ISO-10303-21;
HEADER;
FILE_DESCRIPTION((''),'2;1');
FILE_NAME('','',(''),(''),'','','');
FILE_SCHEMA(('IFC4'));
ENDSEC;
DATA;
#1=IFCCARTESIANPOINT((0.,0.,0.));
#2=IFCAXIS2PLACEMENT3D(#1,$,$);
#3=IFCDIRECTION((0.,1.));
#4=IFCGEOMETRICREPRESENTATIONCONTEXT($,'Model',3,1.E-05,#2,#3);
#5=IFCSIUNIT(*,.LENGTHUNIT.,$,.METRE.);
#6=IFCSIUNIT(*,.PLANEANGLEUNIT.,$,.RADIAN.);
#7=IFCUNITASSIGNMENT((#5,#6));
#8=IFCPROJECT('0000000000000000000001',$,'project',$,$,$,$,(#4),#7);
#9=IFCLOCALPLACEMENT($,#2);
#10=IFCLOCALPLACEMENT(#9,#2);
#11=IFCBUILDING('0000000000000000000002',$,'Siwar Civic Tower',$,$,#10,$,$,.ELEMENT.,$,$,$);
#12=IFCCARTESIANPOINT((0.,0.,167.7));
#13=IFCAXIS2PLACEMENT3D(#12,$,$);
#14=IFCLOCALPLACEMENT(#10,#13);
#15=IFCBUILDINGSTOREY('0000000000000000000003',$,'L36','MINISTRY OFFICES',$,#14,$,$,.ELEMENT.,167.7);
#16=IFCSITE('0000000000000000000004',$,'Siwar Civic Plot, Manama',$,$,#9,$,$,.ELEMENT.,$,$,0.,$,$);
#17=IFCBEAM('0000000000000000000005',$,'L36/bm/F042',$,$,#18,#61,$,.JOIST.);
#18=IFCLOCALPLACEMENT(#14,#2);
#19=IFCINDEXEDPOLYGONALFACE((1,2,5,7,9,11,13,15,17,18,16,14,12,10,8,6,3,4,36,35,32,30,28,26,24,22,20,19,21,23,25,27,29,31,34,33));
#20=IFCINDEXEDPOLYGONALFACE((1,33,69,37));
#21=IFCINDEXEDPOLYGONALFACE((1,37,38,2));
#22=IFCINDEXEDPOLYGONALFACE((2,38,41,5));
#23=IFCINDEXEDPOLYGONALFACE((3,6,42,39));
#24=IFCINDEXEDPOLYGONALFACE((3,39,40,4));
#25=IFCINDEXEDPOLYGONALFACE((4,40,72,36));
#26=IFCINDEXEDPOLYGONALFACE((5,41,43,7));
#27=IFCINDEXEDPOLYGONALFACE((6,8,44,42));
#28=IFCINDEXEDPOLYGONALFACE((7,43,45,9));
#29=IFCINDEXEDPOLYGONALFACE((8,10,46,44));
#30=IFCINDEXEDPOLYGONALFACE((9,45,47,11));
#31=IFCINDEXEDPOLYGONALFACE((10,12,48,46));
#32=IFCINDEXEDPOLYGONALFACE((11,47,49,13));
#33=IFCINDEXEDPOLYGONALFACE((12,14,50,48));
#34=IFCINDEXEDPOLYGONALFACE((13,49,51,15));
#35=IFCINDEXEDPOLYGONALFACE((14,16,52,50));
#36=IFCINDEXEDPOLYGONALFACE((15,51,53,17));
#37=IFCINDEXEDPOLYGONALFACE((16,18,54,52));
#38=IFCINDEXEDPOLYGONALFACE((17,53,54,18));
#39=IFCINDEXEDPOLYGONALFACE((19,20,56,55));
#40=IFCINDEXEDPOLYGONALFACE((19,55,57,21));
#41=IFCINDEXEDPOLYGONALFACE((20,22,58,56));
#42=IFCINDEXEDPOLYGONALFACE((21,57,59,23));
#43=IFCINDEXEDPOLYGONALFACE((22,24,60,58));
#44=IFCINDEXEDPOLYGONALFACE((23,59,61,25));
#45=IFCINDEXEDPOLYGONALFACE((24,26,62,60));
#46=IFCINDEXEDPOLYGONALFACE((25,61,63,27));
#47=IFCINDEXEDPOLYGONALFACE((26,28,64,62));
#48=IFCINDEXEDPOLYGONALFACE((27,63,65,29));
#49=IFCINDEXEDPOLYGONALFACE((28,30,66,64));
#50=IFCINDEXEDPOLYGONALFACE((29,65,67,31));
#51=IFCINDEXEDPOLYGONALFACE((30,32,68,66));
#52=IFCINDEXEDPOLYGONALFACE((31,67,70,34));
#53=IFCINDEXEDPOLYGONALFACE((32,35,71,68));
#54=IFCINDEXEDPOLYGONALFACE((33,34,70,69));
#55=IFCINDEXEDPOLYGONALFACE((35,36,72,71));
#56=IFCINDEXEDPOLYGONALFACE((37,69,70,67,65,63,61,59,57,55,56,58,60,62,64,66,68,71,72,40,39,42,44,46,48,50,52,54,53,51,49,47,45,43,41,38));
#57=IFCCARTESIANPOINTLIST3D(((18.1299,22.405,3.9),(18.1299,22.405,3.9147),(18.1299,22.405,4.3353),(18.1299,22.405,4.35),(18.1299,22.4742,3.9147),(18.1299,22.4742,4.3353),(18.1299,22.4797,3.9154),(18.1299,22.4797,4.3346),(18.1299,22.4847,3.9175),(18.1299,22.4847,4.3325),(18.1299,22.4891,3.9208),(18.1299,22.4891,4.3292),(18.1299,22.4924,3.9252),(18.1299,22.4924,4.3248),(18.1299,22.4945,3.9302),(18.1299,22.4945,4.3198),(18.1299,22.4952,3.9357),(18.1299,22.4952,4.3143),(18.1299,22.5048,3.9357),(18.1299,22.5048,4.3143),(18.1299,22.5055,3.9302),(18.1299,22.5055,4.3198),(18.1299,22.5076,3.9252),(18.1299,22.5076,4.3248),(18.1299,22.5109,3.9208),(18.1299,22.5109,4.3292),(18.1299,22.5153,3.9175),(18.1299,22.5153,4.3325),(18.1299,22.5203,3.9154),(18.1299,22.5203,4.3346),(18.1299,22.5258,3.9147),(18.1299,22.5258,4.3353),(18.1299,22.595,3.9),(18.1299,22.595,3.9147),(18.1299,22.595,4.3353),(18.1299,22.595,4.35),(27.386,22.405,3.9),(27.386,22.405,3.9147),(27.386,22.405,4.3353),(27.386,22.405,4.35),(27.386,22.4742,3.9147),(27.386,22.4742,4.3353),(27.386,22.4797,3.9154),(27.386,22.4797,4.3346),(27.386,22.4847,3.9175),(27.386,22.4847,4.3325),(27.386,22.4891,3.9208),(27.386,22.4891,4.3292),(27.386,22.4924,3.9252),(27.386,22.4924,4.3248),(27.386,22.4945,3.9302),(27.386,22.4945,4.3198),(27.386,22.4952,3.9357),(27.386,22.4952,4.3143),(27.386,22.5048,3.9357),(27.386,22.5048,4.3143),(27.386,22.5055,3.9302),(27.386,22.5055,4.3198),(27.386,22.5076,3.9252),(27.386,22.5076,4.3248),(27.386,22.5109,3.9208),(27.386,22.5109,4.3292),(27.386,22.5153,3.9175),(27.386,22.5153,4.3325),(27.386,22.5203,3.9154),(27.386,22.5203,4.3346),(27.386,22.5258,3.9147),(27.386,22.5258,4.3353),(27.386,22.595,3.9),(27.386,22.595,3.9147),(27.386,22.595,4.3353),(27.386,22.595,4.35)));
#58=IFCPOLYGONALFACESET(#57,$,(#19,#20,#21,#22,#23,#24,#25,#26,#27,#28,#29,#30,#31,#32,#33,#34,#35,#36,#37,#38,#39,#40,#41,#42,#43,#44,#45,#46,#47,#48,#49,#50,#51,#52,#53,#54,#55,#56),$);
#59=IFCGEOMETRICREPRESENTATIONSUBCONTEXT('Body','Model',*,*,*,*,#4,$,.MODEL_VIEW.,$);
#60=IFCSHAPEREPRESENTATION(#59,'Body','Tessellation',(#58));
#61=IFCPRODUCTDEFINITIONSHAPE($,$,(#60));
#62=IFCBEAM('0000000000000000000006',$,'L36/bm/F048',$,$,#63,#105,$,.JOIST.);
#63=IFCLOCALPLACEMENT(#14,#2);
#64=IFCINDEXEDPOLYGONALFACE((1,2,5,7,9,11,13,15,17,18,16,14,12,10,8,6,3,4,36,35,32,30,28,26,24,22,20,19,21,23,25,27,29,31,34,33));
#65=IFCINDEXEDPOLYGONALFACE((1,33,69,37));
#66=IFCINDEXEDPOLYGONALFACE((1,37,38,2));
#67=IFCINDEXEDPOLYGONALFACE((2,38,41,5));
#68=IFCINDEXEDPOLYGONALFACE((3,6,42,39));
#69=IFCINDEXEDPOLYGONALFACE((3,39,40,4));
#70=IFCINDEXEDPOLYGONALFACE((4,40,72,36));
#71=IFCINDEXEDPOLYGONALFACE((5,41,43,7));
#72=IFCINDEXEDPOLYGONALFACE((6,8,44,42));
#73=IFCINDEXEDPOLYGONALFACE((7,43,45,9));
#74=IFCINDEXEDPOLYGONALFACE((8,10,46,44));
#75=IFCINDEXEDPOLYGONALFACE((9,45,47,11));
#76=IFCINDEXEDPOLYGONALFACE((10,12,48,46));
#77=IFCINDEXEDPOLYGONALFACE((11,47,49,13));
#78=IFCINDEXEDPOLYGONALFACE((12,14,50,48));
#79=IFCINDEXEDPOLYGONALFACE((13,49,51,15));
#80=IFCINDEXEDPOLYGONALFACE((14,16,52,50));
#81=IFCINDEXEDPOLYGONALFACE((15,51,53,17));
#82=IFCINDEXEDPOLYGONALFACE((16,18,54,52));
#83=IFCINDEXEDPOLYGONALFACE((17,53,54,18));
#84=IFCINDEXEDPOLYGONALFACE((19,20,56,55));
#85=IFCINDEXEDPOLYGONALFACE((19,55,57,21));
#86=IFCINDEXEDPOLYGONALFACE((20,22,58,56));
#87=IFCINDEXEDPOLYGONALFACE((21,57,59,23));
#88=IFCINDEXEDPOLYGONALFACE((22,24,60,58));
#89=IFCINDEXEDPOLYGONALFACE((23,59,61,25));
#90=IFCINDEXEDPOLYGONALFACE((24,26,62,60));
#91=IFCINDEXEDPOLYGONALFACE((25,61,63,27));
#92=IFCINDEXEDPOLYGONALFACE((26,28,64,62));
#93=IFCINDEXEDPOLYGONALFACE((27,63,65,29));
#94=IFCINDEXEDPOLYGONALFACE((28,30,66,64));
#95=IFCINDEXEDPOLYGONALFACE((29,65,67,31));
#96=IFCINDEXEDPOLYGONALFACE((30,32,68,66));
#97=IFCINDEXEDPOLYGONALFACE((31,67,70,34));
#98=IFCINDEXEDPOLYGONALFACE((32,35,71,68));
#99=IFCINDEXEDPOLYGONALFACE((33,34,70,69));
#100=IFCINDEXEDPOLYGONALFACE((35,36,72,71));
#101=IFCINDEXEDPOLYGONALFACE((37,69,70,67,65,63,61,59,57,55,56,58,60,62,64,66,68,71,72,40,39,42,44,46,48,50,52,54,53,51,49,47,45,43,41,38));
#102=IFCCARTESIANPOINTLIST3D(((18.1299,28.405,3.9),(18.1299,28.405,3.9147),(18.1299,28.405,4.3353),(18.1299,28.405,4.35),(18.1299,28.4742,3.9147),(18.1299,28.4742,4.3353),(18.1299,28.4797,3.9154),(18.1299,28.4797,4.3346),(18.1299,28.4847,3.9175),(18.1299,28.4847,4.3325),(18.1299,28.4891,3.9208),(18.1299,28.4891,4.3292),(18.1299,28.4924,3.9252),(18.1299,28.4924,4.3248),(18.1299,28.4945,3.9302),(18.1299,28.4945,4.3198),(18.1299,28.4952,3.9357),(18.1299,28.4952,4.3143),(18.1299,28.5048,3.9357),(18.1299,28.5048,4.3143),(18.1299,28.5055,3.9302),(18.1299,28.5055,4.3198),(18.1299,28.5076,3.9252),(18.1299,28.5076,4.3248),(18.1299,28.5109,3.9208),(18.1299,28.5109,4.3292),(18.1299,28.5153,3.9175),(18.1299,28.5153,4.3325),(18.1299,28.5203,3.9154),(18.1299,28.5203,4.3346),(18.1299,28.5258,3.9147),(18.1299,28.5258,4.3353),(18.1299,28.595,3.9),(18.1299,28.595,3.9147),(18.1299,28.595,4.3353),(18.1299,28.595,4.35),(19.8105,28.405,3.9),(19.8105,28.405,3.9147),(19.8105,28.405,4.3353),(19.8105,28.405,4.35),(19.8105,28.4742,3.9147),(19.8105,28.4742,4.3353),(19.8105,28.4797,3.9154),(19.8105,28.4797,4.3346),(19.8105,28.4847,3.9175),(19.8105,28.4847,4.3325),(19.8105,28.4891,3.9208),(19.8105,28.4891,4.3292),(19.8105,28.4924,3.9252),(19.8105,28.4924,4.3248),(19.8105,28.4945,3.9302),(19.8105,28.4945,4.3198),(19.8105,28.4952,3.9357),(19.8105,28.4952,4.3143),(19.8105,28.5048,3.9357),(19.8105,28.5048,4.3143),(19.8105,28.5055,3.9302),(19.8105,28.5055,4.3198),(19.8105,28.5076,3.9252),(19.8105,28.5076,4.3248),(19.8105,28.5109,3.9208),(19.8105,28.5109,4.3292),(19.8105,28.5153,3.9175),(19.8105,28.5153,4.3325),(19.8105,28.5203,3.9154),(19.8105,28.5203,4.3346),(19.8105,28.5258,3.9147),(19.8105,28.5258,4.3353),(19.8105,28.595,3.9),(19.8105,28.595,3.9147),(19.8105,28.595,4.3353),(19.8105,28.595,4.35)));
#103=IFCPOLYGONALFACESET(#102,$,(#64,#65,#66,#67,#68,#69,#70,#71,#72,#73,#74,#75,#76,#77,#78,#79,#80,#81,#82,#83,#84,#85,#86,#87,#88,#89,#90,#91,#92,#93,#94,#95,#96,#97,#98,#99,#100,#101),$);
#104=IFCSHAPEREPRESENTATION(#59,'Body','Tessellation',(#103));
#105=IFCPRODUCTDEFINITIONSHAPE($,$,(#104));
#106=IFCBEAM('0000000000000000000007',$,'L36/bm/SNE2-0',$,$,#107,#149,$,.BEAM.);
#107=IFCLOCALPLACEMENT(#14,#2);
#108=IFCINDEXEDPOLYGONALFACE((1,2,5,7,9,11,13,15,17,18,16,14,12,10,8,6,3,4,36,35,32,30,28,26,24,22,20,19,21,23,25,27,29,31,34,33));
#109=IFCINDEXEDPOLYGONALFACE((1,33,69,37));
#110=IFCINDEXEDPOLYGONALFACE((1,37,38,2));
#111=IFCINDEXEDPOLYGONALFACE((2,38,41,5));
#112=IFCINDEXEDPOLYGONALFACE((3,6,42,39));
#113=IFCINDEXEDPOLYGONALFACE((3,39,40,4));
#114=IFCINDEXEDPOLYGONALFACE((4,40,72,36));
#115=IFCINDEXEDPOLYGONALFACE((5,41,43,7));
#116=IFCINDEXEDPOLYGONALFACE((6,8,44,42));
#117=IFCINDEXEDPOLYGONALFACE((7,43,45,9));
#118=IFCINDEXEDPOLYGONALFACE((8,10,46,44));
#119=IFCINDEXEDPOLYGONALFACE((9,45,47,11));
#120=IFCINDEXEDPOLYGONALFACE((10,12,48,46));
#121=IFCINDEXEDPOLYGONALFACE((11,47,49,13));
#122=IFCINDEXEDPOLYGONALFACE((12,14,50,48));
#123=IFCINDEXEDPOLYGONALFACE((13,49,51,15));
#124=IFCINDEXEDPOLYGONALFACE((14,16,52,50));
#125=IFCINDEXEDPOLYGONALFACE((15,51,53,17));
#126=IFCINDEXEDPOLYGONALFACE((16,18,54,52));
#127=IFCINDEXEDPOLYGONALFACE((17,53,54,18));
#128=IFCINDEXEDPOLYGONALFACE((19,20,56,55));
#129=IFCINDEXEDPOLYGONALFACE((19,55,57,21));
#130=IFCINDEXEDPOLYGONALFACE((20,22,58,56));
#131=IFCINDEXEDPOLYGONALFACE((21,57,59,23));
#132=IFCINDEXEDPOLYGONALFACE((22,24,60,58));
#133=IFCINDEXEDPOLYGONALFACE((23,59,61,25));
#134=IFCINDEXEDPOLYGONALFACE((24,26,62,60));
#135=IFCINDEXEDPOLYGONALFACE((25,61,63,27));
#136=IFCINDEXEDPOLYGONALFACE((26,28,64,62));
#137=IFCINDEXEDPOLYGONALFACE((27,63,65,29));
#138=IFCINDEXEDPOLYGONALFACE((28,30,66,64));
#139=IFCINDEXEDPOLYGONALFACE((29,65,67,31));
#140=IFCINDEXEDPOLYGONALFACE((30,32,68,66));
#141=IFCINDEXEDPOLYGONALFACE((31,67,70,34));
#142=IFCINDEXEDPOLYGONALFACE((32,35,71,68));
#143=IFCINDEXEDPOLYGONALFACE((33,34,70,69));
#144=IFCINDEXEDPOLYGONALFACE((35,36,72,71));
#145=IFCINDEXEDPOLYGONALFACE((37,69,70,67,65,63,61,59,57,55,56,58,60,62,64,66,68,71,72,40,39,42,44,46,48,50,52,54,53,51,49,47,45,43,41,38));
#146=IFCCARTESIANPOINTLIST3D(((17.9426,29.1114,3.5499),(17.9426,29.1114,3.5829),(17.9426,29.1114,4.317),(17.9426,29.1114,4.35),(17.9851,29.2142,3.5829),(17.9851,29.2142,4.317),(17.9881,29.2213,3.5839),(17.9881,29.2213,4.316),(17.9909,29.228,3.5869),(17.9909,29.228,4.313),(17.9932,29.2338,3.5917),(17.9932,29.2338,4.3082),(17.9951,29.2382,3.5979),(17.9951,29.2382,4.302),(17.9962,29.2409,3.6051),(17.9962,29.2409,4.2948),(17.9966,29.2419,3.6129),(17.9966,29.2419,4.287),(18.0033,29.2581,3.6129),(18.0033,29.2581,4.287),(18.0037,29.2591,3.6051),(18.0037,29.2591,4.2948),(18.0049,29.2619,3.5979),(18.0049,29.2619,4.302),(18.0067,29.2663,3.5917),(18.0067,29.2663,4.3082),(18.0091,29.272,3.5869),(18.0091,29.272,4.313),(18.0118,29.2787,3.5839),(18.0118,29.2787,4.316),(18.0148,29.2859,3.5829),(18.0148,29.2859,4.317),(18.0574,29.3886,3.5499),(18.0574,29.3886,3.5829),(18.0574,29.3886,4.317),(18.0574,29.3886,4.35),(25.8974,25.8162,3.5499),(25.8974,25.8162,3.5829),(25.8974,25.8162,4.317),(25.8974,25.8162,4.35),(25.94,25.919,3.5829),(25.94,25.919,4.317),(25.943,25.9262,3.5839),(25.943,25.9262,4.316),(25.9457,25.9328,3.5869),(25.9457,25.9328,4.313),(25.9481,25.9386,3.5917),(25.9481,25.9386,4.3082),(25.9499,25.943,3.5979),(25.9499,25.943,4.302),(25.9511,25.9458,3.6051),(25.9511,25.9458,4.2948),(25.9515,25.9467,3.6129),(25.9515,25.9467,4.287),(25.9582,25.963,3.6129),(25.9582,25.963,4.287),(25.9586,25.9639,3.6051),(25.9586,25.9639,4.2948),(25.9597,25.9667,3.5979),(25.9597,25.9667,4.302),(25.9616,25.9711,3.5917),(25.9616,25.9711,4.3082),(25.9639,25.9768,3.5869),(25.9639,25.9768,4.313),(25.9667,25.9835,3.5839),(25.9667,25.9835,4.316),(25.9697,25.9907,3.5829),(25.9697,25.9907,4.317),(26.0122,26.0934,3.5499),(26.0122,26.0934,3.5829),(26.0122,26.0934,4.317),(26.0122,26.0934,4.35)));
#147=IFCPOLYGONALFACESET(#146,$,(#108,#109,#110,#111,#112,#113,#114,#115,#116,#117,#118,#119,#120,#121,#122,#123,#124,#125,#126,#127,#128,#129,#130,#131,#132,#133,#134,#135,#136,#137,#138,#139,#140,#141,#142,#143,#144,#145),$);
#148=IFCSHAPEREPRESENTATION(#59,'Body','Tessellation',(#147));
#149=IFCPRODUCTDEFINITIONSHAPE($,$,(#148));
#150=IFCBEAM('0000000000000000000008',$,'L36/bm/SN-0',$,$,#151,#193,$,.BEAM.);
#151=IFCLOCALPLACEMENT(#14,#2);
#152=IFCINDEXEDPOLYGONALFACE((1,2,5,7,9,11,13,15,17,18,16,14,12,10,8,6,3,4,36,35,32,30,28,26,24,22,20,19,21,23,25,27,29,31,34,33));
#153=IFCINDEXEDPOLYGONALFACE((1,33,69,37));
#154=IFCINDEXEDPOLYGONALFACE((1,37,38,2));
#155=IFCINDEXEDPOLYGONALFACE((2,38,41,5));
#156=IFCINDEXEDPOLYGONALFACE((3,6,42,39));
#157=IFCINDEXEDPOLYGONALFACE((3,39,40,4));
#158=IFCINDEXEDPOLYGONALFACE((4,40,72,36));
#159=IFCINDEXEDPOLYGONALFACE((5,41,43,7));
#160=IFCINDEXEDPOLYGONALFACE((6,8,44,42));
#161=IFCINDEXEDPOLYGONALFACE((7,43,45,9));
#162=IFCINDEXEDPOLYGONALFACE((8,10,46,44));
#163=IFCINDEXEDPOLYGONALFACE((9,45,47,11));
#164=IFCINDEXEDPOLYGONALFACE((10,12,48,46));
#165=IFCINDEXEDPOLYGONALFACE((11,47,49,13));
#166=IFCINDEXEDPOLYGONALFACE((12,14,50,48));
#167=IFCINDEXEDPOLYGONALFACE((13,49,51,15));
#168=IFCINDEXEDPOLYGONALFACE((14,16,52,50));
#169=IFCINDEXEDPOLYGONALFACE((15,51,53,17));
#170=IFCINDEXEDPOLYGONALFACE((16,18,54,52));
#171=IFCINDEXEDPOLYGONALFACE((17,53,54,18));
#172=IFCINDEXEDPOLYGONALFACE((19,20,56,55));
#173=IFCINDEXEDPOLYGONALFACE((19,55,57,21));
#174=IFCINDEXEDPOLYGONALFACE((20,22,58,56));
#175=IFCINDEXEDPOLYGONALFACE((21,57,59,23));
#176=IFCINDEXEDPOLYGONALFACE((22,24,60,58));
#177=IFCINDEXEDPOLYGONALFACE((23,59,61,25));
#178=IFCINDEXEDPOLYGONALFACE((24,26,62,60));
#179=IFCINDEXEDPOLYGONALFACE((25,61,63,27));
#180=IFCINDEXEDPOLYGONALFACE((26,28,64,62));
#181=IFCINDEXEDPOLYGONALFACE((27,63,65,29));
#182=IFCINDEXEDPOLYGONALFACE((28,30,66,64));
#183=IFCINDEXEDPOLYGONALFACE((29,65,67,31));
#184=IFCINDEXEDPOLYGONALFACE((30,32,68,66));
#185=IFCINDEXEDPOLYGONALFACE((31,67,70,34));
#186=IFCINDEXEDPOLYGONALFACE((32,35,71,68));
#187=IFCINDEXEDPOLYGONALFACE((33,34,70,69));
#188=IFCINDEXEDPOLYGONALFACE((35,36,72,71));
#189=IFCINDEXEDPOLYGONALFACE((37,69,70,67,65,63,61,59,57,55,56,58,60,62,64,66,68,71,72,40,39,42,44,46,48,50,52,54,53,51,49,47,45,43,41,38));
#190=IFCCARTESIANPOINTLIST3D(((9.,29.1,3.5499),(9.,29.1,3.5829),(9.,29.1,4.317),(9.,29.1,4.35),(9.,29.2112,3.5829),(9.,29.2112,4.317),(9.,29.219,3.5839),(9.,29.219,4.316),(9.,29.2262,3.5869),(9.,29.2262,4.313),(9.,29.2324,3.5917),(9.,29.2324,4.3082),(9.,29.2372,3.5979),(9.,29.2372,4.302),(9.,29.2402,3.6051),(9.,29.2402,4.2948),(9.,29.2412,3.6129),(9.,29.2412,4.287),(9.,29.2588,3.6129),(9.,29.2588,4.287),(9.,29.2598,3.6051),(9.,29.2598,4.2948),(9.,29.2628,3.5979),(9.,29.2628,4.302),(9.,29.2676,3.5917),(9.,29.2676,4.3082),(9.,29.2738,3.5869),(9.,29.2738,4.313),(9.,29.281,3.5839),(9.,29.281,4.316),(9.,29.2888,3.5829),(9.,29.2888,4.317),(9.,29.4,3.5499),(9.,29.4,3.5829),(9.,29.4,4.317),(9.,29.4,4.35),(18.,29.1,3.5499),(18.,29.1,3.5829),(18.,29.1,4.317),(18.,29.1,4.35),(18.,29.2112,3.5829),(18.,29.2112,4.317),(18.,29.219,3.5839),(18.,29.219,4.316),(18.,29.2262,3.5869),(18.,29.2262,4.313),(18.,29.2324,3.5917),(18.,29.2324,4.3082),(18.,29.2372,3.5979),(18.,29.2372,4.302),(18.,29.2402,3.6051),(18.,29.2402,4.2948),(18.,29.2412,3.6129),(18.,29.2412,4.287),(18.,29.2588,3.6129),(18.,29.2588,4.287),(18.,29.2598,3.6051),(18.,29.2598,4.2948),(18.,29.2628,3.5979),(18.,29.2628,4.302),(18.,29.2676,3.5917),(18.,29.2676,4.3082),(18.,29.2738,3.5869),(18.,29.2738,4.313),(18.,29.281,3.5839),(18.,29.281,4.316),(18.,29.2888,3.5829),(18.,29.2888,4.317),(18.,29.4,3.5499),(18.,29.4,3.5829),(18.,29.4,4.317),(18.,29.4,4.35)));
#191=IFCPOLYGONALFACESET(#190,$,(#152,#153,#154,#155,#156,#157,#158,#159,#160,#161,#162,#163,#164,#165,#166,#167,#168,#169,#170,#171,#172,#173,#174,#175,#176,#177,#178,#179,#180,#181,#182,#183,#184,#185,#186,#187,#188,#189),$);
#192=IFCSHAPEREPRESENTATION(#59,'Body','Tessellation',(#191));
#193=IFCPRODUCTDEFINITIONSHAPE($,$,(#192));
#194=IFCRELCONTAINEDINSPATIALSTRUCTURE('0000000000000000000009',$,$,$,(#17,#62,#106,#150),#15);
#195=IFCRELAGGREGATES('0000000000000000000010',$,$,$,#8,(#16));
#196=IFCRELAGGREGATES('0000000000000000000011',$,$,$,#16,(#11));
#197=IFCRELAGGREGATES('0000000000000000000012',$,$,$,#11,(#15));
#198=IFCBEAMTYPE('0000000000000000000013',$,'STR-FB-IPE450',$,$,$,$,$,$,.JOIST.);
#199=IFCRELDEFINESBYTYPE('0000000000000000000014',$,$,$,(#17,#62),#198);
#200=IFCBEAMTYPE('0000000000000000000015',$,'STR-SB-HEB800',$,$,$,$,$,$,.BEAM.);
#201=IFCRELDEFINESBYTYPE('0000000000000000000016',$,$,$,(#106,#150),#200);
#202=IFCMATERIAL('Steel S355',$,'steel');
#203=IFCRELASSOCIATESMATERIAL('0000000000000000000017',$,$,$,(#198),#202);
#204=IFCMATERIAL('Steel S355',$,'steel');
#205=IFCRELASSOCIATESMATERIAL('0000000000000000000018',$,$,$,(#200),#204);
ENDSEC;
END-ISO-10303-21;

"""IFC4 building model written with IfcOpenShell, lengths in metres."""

from ifc_helpers import new_model, si_unit, direction, frame, origin, origin_2d, place, context, subcontext, project, spatial, i_section, extrude, material, material_profile, profile_set, type_object, element, save


model = new_model("IFC4")

# Units and contexts
model_context = context("Model", 3, precision=1e-05, world=origin(), true_north=direction((0.0, 1.0)))
body_context = subcontext(model_context, "Body", "Model", "MODEL_VIEW")
ifc_project = project(units=[si_unit("LENGTHUNIT", "METRE"), si_unit("PLANEANGLEUNIT", "RADIAN")], contexts=[model_context])

# Site, building, storey
site_placement = place(None, origin())
site = spatial("IfcSite", under=ifc_project, at=site_placement, Name="Siwar Civic Plot, Manama", CompositionType="ELEMENT", RefElevation=0.0)
building_placement = place(site_placement, origin())
building = spatial("IfcBuilding", under=site, at=building_placement, Name="Siwar Civic Tower", CompositionType="ELEMENT")
storey_placement = place(building_placement, frame((0.0, 0.0, 167.7)))
storey = spatial("IfcBuildingStorey", under=building, at=storey_placement, Name="L36", Description="MINISTRY OFFICES", CompositionType="ELEMENT", Elevation=167.7)

# Beams
ifc_material_1 = material(Name="Steel S355", Category="steel")
ifc_material_profile_1 = material_profile(ifc_material_1, i_section(OverallWidth=0.1899, OverallDepth=0.45, WebThickness=0.0095, FlangeThickness=0.0146, FilletRadius=0.021, at=origin_2d()), Name="IPE450")
ifc_profile_set_1 = profile_set([ifc_material_profile_1], Name="Steel S355")
beam_type_1 = type_object("IfcBeamType", Name="STR-FB-IPE450", PredefinedType="JOIST", material=ifc_profile_set_1)
beam_1_placement = place(storey_placement, frame((18.1299, 22.5, 4.125), z_axis=(1.0, 0.0, 0.0), x_axis=(0.0, 1.0, 0.0)))
element("IfcBeam", 1, at=beam_1_placement, inside=storey, type_object=beam_type_1, Name="L36/bm/F042", PredefinedType="JOIST", context=body_context, shape_type="SweptSolid", body=[
    extrude(i_section(OverallWidth=0.1899, OverallDepth=0.45, WebThickness=0.0095, FlangeThickness=0.0146, FilletRadius=0.021, at=origin_2d()), origin(), (0.0, 0.0, 1.0), 9.2561),
])
beam_2_placement = place(storey_placement, frame((18.1299, 28.5, 4.125), z_axis=(1.0, 0.0, 0.0), x_axis=(0.0, 1.0, 0.0)))
element("IfcBeam", 2, at=beam_2_placement, inside=storey, type_object=beam_type_1, Name="L36/bm/F048", PredefinedType="JOIST", context=body_context, shape_type="SweptSolid", body=[
    extrude(i_section(OverallWidth=0.1899, OverallDepth=0.45, WebThickness=0.0095, FlangeThickness=0.0146, FilletRadius=0.021, at=origin_2d()), origin(), (0.0, 0.0, 1.0), 1.6807),
])
ifc_material_2 = material(Name="Steel S355", Category="steel")
ifc_material_profile_2 = material_profile(ifc_material_2, i_section(OverallWidth=0.3, OverallDepth=0.8, WebThickness=0.0176, FlangeThickness=0.033, FilletRadius=0.03, at=origin_2d()), Name="HEB800")
ifc_profile_set_2 = profile_set([ifc_material_profile_2], Name="Steel S355")
beam_type_2 = type_object("IfcBeamType", Name="STR-SB-HEB800", PredefinedType="BEAM", material=ifc_profile_set_2)
beam_3_placement = place(storey_placement, frame((25.9548, 25.9548, 3.95), z_axis=(-0.923873, 0.3827, 0.0), x_axis=(-0.3827, -0.923873, 0.0)))
element("IfcBeam", 3, at=beam_3_placement, inside=storey, type_object=beam_type_2, Name="L36/bm/SNE2-0", PredefinedType="BEAM", context=body_context, shape_type="SweptSolid", body=[
    extrude(i_section(OverallWidth=0.3, OverallDepth=0.8, WebThickness=0.0176, FlangeThickness=0.033, FilletRadius=0.03, at=origin_2d()), origin(), (0.0, 0.0, 1.0), 8.6104),
])
beam_4_placement = place(storey_placement, frame((18.0, 29.25, 3.95), z_axis=(-1.0, 0.0, 0.0), x_axis=(0.0, -1.0, 0.0)))
element("IfcBeam", 4, at=beam_4_placement, inside=storey, type_object=beam_type_2, Name="L36/bm/SN-0", PredefinedType="BEAM", context=body_context, shape_type="SweptSolid", body=[
    extrude(i_section(OverallWidth=0.3, OverallDepth=0.8, WebThickness=0.0176, FlangeThickness=0.033, FilletRadius=0.03, at=origin_2d()), origin(), (0.0, 0.0, 1.0), 9.0),
])

save(model, "model.ifc")
